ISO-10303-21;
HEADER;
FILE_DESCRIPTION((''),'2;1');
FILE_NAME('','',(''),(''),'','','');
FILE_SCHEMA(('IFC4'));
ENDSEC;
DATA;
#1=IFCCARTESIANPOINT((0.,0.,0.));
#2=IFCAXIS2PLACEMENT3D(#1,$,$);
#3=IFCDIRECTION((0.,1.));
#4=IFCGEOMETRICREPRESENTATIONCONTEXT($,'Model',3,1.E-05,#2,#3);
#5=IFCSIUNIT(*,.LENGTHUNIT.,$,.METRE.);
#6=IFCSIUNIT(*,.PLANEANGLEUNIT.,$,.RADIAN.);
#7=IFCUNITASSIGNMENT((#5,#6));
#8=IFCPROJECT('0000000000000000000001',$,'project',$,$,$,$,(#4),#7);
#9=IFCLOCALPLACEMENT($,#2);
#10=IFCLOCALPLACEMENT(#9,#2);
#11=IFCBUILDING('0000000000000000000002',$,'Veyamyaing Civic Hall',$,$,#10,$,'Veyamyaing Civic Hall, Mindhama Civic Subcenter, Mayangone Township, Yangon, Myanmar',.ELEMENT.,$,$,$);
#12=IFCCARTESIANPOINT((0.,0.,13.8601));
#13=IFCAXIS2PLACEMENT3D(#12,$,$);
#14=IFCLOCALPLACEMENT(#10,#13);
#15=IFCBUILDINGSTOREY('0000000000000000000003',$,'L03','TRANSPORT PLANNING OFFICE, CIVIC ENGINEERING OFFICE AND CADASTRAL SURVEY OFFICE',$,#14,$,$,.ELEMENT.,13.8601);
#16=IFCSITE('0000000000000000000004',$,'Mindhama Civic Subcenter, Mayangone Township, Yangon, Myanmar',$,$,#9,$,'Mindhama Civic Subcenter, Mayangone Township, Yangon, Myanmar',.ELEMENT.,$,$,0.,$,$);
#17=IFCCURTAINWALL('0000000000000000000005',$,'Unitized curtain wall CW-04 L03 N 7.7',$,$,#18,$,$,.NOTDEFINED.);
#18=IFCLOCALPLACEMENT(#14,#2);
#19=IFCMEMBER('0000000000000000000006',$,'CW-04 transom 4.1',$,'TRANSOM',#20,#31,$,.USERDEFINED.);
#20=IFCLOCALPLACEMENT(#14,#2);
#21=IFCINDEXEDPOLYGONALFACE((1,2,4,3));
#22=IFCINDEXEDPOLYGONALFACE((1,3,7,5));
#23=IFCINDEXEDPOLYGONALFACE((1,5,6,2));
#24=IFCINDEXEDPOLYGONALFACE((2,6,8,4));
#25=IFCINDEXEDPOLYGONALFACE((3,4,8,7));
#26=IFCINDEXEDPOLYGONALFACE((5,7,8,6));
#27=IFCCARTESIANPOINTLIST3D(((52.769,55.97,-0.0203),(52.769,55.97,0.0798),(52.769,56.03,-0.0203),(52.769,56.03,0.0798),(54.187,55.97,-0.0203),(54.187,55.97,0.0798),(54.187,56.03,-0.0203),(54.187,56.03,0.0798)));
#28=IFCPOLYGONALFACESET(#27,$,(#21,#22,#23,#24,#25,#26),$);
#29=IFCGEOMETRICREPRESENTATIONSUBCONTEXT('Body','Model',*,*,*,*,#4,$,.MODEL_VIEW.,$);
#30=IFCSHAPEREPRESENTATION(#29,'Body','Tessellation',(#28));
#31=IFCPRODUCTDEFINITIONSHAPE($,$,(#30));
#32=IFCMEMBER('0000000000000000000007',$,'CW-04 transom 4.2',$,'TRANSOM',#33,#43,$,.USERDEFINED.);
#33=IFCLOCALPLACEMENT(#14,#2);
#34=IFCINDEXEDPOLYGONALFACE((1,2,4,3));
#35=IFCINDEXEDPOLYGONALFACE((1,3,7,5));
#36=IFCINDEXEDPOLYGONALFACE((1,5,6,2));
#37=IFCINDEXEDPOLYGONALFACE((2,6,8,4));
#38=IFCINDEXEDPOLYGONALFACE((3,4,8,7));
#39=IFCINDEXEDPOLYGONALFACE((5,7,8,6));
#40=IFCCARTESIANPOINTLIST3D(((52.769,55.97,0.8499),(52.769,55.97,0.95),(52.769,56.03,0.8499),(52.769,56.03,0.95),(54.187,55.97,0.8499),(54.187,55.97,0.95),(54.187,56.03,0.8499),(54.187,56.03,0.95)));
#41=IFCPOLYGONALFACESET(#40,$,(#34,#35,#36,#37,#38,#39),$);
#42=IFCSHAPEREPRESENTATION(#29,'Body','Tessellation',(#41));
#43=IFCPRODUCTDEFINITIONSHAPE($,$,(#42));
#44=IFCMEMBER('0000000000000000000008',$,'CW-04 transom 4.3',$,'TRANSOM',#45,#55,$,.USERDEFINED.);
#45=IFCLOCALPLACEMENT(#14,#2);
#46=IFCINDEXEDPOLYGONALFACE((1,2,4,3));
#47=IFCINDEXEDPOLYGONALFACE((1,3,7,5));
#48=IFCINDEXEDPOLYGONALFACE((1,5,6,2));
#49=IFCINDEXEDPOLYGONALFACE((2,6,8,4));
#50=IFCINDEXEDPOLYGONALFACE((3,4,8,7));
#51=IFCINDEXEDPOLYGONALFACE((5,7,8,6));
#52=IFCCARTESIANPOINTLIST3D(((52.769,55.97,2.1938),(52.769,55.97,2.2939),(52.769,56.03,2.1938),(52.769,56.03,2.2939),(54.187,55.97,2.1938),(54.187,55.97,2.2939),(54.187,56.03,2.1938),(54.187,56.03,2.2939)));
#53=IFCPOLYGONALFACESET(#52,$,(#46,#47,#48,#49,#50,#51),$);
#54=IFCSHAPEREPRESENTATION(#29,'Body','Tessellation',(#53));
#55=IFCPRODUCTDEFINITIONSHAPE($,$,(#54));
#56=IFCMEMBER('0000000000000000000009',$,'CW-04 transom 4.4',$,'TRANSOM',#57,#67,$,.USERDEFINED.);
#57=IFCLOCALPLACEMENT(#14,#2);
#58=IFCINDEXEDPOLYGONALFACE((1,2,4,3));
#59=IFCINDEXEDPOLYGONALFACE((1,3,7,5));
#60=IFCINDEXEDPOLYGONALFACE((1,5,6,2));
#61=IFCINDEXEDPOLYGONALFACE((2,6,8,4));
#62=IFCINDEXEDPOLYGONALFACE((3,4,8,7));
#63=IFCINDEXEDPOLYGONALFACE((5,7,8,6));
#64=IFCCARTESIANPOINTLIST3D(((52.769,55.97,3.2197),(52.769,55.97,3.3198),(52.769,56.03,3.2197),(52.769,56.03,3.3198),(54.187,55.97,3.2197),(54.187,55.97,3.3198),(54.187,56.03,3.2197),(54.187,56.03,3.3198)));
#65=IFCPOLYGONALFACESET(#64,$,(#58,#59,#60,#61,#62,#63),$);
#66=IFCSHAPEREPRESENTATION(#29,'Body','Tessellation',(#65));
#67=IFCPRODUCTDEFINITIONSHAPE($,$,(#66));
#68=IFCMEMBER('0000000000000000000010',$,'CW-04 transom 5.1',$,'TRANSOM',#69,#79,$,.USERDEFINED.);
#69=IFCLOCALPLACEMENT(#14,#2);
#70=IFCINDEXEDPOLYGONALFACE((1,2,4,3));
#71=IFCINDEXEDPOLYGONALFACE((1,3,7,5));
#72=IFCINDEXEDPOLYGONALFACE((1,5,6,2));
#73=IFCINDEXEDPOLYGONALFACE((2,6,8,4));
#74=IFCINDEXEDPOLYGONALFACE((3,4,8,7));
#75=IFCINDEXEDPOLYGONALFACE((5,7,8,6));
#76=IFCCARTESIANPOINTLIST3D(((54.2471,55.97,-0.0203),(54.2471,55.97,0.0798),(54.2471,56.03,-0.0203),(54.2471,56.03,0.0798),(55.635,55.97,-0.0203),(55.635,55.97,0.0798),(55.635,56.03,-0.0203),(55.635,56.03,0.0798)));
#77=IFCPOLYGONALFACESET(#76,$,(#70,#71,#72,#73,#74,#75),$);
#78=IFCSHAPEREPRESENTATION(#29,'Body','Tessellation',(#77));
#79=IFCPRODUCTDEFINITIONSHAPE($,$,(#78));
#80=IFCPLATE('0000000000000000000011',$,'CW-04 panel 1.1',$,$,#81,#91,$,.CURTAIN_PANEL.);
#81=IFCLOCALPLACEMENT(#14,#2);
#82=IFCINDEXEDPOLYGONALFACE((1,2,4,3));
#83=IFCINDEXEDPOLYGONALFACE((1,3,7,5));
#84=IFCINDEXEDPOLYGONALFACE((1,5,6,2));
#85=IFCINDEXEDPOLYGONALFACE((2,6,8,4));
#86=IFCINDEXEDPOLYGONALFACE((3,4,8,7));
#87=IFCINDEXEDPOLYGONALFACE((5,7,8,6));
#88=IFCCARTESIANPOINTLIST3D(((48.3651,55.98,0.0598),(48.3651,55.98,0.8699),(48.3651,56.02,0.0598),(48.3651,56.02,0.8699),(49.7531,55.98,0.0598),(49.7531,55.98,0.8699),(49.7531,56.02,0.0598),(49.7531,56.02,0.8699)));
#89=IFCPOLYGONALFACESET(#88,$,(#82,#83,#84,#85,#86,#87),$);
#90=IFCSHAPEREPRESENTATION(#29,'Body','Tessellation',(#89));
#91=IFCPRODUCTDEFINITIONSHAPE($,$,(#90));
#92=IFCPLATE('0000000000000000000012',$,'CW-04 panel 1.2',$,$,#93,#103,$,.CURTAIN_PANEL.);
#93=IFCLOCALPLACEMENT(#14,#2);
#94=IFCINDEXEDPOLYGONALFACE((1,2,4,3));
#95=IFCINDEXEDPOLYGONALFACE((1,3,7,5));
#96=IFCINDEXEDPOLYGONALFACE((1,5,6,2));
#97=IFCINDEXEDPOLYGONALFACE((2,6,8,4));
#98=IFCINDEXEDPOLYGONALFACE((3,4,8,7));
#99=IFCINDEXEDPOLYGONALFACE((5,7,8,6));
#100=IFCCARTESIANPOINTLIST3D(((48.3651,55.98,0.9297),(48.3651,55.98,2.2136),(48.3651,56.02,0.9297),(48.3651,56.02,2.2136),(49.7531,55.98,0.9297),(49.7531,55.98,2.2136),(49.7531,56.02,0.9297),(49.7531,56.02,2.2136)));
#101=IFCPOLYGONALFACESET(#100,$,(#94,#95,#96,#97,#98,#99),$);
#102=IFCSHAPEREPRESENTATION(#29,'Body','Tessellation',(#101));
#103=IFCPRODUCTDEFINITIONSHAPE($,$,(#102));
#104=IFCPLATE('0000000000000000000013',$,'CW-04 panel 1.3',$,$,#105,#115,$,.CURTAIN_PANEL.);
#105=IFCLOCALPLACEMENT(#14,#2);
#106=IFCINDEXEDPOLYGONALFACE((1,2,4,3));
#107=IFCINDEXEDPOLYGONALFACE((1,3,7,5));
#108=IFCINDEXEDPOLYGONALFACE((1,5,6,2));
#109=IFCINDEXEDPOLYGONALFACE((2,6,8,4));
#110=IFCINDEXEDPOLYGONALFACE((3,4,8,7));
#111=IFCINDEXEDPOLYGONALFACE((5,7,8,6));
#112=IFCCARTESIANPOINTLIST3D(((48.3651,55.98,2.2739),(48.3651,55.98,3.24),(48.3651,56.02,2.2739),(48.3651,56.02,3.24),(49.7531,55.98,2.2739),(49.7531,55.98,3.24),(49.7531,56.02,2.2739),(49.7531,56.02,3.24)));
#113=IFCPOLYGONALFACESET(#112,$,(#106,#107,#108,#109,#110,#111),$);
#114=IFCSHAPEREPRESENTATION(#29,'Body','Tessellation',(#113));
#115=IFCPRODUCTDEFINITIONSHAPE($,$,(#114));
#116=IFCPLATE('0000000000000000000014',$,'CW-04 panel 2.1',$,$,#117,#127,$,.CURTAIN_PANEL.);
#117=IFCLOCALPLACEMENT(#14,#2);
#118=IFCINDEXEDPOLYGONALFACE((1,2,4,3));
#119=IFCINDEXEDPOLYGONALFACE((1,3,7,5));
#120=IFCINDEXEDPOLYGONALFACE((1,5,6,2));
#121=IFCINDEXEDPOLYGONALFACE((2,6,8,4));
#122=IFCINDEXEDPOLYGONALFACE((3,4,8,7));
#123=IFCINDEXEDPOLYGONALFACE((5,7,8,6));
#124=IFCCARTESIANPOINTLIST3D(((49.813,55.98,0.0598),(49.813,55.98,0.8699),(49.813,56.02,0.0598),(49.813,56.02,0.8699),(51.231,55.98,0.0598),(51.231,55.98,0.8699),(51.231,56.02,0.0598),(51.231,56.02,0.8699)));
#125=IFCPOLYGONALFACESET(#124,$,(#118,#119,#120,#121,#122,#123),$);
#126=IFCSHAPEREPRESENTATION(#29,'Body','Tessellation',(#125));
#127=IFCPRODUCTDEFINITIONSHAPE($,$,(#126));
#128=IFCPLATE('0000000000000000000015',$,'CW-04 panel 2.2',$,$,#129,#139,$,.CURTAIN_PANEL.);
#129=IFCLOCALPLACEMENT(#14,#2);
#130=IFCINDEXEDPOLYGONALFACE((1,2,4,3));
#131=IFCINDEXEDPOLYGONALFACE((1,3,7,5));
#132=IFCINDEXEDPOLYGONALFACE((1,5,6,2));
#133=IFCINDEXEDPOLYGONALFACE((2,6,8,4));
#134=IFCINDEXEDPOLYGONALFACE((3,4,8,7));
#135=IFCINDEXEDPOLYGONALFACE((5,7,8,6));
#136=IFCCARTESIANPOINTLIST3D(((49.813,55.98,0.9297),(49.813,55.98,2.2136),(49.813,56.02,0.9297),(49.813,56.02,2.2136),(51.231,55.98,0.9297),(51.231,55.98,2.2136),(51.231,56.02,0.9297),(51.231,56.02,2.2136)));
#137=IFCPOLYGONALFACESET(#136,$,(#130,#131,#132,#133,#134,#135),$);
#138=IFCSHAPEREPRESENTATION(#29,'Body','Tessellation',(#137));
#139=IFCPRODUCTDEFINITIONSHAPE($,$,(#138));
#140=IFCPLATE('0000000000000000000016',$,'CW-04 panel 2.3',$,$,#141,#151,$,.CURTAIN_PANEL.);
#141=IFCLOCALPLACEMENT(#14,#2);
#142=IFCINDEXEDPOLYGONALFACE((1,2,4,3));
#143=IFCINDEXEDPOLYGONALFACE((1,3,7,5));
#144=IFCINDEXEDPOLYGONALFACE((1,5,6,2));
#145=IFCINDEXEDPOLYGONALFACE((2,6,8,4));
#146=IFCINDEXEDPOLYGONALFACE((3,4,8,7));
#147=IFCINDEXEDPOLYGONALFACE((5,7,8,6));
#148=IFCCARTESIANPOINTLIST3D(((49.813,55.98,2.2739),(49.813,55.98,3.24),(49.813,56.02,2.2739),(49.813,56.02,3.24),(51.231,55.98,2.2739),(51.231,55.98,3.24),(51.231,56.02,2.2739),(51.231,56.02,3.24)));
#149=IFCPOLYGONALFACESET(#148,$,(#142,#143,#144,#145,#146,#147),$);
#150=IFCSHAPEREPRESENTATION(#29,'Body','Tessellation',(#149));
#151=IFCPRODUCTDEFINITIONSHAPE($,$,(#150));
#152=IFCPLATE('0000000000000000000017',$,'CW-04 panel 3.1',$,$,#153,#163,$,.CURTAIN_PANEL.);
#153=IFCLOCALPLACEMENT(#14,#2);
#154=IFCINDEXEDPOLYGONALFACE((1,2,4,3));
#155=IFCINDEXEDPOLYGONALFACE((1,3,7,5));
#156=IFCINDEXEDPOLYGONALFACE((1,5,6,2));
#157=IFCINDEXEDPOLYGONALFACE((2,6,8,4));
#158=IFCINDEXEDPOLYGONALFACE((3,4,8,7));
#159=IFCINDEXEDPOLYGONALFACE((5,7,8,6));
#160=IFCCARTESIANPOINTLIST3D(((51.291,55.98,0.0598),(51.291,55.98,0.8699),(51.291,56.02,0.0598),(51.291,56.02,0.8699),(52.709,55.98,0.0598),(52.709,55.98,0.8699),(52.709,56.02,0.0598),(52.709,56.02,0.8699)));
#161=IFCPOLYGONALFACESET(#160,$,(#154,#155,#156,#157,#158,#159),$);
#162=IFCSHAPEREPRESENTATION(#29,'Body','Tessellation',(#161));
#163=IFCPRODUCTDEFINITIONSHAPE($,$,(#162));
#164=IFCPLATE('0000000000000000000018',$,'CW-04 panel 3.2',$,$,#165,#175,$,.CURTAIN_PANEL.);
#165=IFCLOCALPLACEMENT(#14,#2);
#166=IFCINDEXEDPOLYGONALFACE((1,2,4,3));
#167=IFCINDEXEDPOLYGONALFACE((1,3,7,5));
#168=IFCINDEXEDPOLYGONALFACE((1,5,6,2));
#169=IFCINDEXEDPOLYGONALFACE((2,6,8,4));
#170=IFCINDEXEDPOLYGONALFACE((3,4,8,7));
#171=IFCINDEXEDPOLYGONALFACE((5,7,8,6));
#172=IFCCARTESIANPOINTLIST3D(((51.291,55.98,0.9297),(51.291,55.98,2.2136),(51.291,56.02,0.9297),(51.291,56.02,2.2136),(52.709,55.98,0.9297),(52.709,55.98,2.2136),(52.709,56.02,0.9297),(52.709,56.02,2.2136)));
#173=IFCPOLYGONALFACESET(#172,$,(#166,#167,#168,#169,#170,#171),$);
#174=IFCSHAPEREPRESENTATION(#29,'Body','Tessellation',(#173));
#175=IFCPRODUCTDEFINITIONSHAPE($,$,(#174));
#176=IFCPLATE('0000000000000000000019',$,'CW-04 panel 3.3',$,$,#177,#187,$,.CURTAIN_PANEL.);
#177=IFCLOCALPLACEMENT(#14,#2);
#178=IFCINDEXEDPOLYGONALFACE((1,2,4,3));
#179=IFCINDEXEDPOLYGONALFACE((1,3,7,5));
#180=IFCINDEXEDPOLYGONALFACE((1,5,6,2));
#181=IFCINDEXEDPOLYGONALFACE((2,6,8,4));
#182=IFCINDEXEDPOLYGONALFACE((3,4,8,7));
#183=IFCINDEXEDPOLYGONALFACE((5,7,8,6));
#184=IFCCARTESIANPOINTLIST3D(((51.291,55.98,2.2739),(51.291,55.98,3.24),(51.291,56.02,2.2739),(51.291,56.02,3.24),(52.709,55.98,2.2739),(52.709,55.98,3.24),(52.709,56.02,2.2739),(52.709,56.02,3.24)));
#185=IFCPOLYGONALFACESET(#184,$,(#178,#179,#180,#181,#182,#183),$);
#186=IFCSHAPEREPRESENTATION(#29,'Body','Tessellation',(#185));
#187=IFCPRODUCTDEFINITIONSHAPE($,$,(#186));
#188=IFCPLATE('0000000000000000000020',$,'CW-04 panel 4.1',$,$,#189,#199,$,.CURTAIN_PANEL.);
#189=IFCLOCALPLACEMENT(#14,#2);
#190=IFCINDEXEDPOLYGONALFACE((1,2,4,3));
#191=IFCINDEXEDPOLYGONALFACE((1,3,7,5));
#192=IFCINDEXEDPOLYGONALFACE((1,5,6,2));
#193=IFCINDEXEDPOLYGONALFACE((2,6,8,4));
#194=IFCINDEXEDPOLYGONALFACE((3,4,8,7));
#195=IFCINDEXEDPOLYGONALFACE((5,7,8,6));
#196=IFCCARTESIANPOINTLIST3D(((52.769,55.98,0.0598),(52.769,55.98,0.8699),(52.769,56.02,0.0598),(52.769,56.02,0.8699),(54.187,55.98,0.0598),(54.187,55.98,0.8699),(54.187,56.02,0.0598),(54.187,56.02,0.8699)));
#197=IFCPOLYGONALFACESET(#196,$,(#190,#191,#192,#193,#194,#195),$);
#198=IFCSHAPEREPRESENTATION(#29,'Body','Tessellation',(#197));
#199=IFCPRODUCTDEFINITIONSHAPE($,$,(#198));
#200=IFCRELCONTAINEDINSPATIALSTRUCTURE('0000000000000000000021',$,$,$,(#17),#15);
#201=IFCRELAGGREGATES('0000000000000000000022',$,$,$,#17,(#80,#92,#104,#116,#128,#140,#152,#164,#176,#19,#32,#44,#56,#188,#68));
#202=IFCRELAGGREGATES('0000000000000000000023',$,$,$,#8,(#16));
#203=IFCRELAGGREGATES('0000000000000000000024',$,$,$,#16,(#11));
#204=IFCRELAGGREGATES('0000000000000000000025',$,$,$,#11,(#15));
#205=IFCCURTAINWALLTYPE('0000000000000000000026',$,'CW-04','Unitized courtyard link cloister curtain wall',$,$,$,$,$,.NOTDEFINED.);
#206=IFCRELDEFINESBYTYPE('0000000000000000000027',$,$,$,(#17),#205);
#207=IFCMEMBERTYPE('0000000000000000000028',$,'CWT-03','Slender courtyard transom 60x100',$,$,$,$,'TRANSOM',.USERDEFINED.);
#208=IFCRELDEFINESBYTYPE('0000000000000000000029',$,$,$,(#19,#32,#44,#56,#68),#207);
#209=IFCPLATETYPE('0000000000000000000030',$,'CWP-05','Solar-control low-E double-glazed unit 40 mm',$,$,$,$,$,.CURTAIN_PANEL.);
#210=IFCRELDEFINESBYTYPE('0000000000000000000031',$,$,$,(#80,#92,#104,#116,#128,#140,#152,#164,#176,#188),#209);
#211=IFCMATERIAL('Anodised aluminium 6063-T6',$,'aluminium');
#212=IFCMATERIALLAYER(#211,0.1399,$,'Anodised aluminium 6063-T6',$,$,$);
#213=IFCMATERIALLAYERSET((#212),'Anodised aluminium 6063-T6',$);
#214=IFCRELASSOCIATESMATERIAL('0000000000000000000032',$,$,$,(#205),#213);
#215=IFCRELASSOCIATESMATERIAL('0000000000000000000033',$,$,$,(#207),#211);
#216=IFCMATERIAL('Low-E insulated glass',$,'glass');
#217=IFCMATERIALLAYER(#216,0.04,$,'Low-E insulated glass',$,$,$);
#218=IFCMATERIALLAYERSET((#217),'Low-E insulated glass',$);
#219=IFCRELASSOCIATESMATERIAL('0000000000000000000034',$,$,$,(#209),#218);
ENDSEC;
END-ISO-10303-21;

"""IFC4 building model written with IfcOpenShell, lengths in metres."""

from ifc_helpers import new_model, si_unit, direction, frame, origin, origin_2d, place, context, subcontext, project, spatial, rectangle, extrude, material, layer, layer_set, material_profile, profile_set, type_object, element, aggregate, save


model = new_model("IFC4")

# Units and contexts
model_context = context("Model", 3, precision=1e-05, world=origin(), true_north=direction((0.0, 1.0)))
body_context = subcontext(model_context, "Body", "Model", "MODEL_VIEW")
ifc_project = project(units=[si_unit("LENGTHUNIT", "METRE"), si_unit("PLANEANGLEUNIT", "RADIAN")], contexts=[model_context])

# Site, building, storey
site_placement = place(None, origin())
site = spatial("IfcSite", under=ifc_project, at=site_placement, Name="Mindhama Civic Subcenter, Mayangone Township, Yangon, Myanmar", LongName="Mindhama Civic Subcenter, Mayangone Township, Yangon, Myanmar", CompositionType="ELEMENT", RefElevation=0.0)
building_placement = place(site_placement, origin())
building = spatial("IfcBuilding", under=site, at=building_placement, Name="Veyamyaing Civic Hall", LongName="Veyamyaing Civic Hall, Mindhama Civic Subcenter, Mayangone Township, Yangon, Myanmar", CompositionType="ELEMENT")
storey_placement = place(building_placement, frame((0.0, 0.0, 13.8601)))
storey = spatial("IfcBuildingStorey", under=building, at=storey_placement, Name="L03", Description="TRANSPORT PLANNING OFFICE, CIVIC ENGINEERING OFFICE AND CADASTRAL SURVEY OFFICE", CompositionType="ELEMENT", Elevation=13.8601)

# Curtain wall, members, plates
ifc_material_1 = material(Name="Anodised aluminium 6063-T6", Category="aluminium")
ifc_layer_1 = layer(ifc_material_1, 0.1399, Name="Anodised aluminium 6063-T6")
ifc_layer_set_1 = layer_set([ifc_layer_1], Name="Anodised aluminium 6063-T6")
curtain_wall_type = type_object("IfcCurtainWallType", Name="CW-04", Description="Unitized courtyard link cloister curtain wall", PredefinedType="NOTDEFINED", material=ifc_layer_set_1)
curtain_wall_placement = place(storey_placement, origin())
curtain_wall = element("IfcCurtainWall", 1, at=curtain_wall_placement, inside=storey, type_object=curtain_wall_type, Name="Unitized curtain wall CW-04 L03 N 7.7", PredefinedType="NOTDEFINED")
ifc_material_profile_1 = material_profile(ifc_material_1, rectangle(XDim=0.0601, YDim=0.1001, at=origin_2d()), Name="ALU-TRN-60X100")
ifc_profile_set_1 = profile_set([ifc_material_profile_1], Name="Anodised aluminium 6063-T6")
member_type_1 = type_object("IfcMemberType", Name="CWT-03", Description="Slender courtyard transom 60x100", ElementType="TRANSOM", PredefinedType="USERDEFINED", material=ifc_profile_set_1)
member_1_placement = place(storey_placement, frame((52.769, 56.0, 0.0298), z_axis=(1.0, 0.0, 0.0), x_axis=(0.0, 1.0, 0.0)))
member_1 = element("IfcMember", 2, at=member_1_placement, type_object=member_type_1, Name="CW-04 transom 4.1", ObjectType="TRANSOM", PredefinedType="USERDEFINED", context=body_context, shape_type="SweptSolid", body=[
    extrude(rectangle(XDim=0.0601, YDim=0.1001, at=origin_2d()), origin(), (0.0, 0.0, 1.0), 1.418),
])
member_2_placement = place(storey_placement, frame((52.769, 56.0, 0.8999), z_axis=(1.0, 0.0, 0.0), x_axis=(0.0, 1.0, 0.0)))
member_2 = element("IfcMember", 3, at=member_2_placement, type_object=member_type_1, Name="CW-04 transom 4.2", ObjectType="TRANSOM", PredefinedType="USERDEFINED", context=body_context, shape_type="SweptSolid", body=[
    extrude(rectangle(XDim=0.0601, YDim=0.1001, at=origin_2d()), origin(), (0.0, 0.0, 1.0), 1.418),
])
member_3_placement = place(storey_placement, frame((52.769, 56.0, 2.2439), z_axis=(1.0, 0.0, 0.0), x_axis=(0.0, 1.0, 0.0)))
member_3 = element("IfcMember", 4, at=member_3_placement, type_object=member_type_1, Name="CW-04 transom 4.3", ObjectType="TRANSOM", PredefinedType="USERDEFINED", context=body_context, shape_type="SweptSolid", body=[
    extrude(rectangle(XDim=0.0601, YDim=0.1001, at=origin_2d()), origin(), (0.0, 0.0, 1.0), 1.418),
])
member_4_placement = place(storey_placement, frame((52.769, 56.0, 3.2698), z_axis=(1.0, 0.0, 0.0), x_axis=(0.0, 1.0, 0.0)))
member_4 = element("IfcMember", 5, at=member_4_placement, type_object=member_type_1, Name="CW-04 transom 4.4", ObjectType="TRANSOM", PredefinedType="USERDEFINED", context=body_context, shape_type="SweptSolid", body=[
    extrude(rectangle(XDim=0.0601, YDim=0.1001, at=origin_2d()), origin(), (0.0, 0.0, 1.0), 1.418),
])
member_5_placement = place(storey_placement, frame((54.2471, 56.0, 0.0298), z_axis=(1.0, 0.0, 0.0), x_axis=(0.0, 1.0, 0.0)))
member_5 = element("IfcMember", 6, at=member_5_placement, type_object=member_type_1, Name="CW-04 transom 5.1", ObjectType="TRANSOM", PredefinedType="USERDEFINED", context=body_context, shape_type="SweptSolid", body=[
    extrude(rectangle(XDim=0.0601, YDim=0.1001, at=origin_2d()), origin(), (0.0, 0.0, 1.0), 1.3879),
])
ifc_material_2 = material(Name="Low-E insulated glass", Category="glass")
ifc_layer_2 = layer(ifc_material_2, 0.04, Name="Low-E insulated glass")
ifc_layer_set_2 = layer_set([ifc_layer_2], Name="Low-E insulated glass")
plate_type = type_object("IfcPlateType", Name="CWP-05", Description="Solar-control low-E double-glazed unit 40 mm", PredefinedType="CURTAIN_PANEL", material=ifc_layer_set_2)
plate_1_placement = place(storey_placement, frame((49.0591, 56.0, 0.0598), z_axis=(0.0, 0.0, 1.0), x_axis=(1.0, 0.0, 0.0)))
plate_1 = element("IfcPlate", 7, at=plate_1_placement, type_object=plate_type, Name="CW-04 panel 1.1", PredefinedType="CURTAIN_PANEL", context=body_context, shape_type="SweptSolid", body=[
    extrude(rectangle(XDim=1.3879, YDim=0.04, at=origin_2d()), origin(), (0.0, 0.0, 1.0), 0.8101),
])
plate_2_placement = place(storey_placement, frame((49.0591, 56.0, 0.9297), z_axis=(0.0, 0.0, 1.0), x_axis=(1.0, 0.0, 0.0)))
plate_2 = element("IfcPlate", 8, at=plate_2_placement, type_object=plate_type, Name="CW-04 panel 1.2", PredefinedType="CURTAIN_PANEL", context=body_context, shape_type="SweptSolid", body=[
    extrude(rectangle(XDim=1.3879, YDim=0.04, at=origin_2d()), origin(), (0.0, 0.0, 1.0), 1.2839),
])
plate_3_placement = place(storey_placement, frame((49.0591, 56.0, 2.2739), z_axis=(0.0, 0.0, 1.0), x_axis=(1.0, 0.0, 0.0)))
plate_3 = element("IfcPlate", 9, at=plate_3_placement, type_object=plate_type, Name="CW-04 panel 1.3", PredefinedType="CURTAIN_PANEL", context=body_context, shape_type="SweptSolid", body=[
    extrude(rectangle(XDim=1.3879, YDim=0.04, at=origin_2d()), origin(), (0.0, 0.0, 1.0), 0.9661),
])
plate_4_placement = place(storey_placement, frame((50.522, 56.0, 0.0598), z_axis=(0.0, 0.0, 1.0), x_axis=(1.0, 0.0, 0.0)))
plate_4 = element("IfcPlate", 10, at=plate_4_placement, type_object=plate_type, Name="CW-04 panel 2.1", PredefinedType="CURTAIN_PANEL", context=body_context, shape_type="SweptSolid", body=[
    extrude(rectangle(XDim=1.418, YDim=0.04, at=origin_2d()), origin(), (0.0, 0.0, 1.0), 0.8101),
])
plate_5_placement = place(storey_placement, frame((50.522, 56.0, 0.9297), z_axis=(0.0, 0.0, 1.0), x_axis=(1.0, 0.0, 0.0)))
plate_5 = element("IfcPlate", 11, at=plate_5_placement, type_object=plate_type, Name="CW-04 panel 2.2", PredefinedType="CURTAIN_PANEL", context=body_context, shape_type="SweptSolid", body=[
    extrude(rectangle(XDim=1.418, YDim=0.04, at=origin_2d()), origin(), (0.0, 0.0, 1.0), 1.2839),
])
plate_6_placement = place(storey_placement, frame((50.522, 56.0, 2.2739), z_axis=(0.0, 0.0, 1.0), x_axis=(1.0, 0.0, 0.0)))
plate_6 = element("IfcPlate", 12, at=plate_6_placement, type_object=plate_type, Name="CW-04 panel 2.3", PredefinedType="CURTAIN_PANEL", context=body_context, shape_type="SweptSolid", body=[
    extrude(rectangle(XDim=1.418, YDim=0.04, at=origin_2d()), origin(), (0.0, 0.0, 1.0), 0.9661),
])
plate_7_placement = place(storey_placement, frame((52.0, 56.0, 0.0598), z_axis=(0.0, 0.0, 1.0), x_axis=(1.0, 0.0, 0.0)))
plate_7 = element("IfcPlate", 13, at=plate_7_placement, type_object=plate_type, Name="CW-04 panel 3.1", PredefinedType="CURTAIN_PANEL", context=body_context, shape_type="SweptSolid", body=[
    extrude(rectangle(XDim=1.418, YDim=0.04, at=origin_2d()), origin(), (0.0, 0.0, 1.0), 0.8101),
])
plate_8_placement = place(storey_placement, frame((52.0, 56.0, 0.9297), z_axis=(0.0, 0.0, 1.0), x_axis=(1.0, 0.0, 0.0)))
plate_8 = element("IfcPlate", 14, at=plate_8_placement, type_object=plate_type, Name="CW-04 panel 3.2", PredefinedType="CURTAIN_PANEL", context=body_context, shape_type="SweptSolid", body=[
    extrude(rectangle(XDim=1.418, YDim=0.04, at=origin_2d()), origin(), (0.0, 0.0, 1.0), 1.2839),
])
plate_9_placement = place(storey_placement, frame((52.0, 56.0, 2.2739), z_axis=(0.0, 0.0, 1.0), x_axis=(1.0, 0.0, 0.0)))
plate_9 = element("IfcPlate", 15, at=plate_9_placement, type_object=plate_type, Name="CW-04 panel 3.3", PredefinedType="CURTAIN_PANEL", context=body_context, shape_type="SweptSolid", body=[
    extrude(rectangle(XDim=1.418, YDim=0.04, at=origin_2d()), origin(), (0.0, 0.0, 1.0), 0.9661),
])
plate_10_placement = place(storey_placement, frame((53.478, 56.0, 0.0598), z_axis=(0.0, 0.0, 1.0), x_axis=(1.0, 0.0, 0.0)))
plate_10 = element("IfcPlate", 16, at=plate_10_placement, type_object=plate_type, Name="CW-04 panel 4.1", PredefinedType="CURTAIN_PANEL", context=body_context, shape_type="SweptSolid", body=[
    extrude(rectangle(XDim=1.418, YDim=0.04, at=origin_2d()), origin(), (0.0, 0.0, 1.0), 0.8101),
])
aggregate(curtain_wall, [plate_1, plate_2, plate_3, plate_4, plate_5, plate_6, plate_7, plate_8, plate_9, member_1, member_2, member_3, member_4, plate_10, member_5])

save(model, "model.ifc")
